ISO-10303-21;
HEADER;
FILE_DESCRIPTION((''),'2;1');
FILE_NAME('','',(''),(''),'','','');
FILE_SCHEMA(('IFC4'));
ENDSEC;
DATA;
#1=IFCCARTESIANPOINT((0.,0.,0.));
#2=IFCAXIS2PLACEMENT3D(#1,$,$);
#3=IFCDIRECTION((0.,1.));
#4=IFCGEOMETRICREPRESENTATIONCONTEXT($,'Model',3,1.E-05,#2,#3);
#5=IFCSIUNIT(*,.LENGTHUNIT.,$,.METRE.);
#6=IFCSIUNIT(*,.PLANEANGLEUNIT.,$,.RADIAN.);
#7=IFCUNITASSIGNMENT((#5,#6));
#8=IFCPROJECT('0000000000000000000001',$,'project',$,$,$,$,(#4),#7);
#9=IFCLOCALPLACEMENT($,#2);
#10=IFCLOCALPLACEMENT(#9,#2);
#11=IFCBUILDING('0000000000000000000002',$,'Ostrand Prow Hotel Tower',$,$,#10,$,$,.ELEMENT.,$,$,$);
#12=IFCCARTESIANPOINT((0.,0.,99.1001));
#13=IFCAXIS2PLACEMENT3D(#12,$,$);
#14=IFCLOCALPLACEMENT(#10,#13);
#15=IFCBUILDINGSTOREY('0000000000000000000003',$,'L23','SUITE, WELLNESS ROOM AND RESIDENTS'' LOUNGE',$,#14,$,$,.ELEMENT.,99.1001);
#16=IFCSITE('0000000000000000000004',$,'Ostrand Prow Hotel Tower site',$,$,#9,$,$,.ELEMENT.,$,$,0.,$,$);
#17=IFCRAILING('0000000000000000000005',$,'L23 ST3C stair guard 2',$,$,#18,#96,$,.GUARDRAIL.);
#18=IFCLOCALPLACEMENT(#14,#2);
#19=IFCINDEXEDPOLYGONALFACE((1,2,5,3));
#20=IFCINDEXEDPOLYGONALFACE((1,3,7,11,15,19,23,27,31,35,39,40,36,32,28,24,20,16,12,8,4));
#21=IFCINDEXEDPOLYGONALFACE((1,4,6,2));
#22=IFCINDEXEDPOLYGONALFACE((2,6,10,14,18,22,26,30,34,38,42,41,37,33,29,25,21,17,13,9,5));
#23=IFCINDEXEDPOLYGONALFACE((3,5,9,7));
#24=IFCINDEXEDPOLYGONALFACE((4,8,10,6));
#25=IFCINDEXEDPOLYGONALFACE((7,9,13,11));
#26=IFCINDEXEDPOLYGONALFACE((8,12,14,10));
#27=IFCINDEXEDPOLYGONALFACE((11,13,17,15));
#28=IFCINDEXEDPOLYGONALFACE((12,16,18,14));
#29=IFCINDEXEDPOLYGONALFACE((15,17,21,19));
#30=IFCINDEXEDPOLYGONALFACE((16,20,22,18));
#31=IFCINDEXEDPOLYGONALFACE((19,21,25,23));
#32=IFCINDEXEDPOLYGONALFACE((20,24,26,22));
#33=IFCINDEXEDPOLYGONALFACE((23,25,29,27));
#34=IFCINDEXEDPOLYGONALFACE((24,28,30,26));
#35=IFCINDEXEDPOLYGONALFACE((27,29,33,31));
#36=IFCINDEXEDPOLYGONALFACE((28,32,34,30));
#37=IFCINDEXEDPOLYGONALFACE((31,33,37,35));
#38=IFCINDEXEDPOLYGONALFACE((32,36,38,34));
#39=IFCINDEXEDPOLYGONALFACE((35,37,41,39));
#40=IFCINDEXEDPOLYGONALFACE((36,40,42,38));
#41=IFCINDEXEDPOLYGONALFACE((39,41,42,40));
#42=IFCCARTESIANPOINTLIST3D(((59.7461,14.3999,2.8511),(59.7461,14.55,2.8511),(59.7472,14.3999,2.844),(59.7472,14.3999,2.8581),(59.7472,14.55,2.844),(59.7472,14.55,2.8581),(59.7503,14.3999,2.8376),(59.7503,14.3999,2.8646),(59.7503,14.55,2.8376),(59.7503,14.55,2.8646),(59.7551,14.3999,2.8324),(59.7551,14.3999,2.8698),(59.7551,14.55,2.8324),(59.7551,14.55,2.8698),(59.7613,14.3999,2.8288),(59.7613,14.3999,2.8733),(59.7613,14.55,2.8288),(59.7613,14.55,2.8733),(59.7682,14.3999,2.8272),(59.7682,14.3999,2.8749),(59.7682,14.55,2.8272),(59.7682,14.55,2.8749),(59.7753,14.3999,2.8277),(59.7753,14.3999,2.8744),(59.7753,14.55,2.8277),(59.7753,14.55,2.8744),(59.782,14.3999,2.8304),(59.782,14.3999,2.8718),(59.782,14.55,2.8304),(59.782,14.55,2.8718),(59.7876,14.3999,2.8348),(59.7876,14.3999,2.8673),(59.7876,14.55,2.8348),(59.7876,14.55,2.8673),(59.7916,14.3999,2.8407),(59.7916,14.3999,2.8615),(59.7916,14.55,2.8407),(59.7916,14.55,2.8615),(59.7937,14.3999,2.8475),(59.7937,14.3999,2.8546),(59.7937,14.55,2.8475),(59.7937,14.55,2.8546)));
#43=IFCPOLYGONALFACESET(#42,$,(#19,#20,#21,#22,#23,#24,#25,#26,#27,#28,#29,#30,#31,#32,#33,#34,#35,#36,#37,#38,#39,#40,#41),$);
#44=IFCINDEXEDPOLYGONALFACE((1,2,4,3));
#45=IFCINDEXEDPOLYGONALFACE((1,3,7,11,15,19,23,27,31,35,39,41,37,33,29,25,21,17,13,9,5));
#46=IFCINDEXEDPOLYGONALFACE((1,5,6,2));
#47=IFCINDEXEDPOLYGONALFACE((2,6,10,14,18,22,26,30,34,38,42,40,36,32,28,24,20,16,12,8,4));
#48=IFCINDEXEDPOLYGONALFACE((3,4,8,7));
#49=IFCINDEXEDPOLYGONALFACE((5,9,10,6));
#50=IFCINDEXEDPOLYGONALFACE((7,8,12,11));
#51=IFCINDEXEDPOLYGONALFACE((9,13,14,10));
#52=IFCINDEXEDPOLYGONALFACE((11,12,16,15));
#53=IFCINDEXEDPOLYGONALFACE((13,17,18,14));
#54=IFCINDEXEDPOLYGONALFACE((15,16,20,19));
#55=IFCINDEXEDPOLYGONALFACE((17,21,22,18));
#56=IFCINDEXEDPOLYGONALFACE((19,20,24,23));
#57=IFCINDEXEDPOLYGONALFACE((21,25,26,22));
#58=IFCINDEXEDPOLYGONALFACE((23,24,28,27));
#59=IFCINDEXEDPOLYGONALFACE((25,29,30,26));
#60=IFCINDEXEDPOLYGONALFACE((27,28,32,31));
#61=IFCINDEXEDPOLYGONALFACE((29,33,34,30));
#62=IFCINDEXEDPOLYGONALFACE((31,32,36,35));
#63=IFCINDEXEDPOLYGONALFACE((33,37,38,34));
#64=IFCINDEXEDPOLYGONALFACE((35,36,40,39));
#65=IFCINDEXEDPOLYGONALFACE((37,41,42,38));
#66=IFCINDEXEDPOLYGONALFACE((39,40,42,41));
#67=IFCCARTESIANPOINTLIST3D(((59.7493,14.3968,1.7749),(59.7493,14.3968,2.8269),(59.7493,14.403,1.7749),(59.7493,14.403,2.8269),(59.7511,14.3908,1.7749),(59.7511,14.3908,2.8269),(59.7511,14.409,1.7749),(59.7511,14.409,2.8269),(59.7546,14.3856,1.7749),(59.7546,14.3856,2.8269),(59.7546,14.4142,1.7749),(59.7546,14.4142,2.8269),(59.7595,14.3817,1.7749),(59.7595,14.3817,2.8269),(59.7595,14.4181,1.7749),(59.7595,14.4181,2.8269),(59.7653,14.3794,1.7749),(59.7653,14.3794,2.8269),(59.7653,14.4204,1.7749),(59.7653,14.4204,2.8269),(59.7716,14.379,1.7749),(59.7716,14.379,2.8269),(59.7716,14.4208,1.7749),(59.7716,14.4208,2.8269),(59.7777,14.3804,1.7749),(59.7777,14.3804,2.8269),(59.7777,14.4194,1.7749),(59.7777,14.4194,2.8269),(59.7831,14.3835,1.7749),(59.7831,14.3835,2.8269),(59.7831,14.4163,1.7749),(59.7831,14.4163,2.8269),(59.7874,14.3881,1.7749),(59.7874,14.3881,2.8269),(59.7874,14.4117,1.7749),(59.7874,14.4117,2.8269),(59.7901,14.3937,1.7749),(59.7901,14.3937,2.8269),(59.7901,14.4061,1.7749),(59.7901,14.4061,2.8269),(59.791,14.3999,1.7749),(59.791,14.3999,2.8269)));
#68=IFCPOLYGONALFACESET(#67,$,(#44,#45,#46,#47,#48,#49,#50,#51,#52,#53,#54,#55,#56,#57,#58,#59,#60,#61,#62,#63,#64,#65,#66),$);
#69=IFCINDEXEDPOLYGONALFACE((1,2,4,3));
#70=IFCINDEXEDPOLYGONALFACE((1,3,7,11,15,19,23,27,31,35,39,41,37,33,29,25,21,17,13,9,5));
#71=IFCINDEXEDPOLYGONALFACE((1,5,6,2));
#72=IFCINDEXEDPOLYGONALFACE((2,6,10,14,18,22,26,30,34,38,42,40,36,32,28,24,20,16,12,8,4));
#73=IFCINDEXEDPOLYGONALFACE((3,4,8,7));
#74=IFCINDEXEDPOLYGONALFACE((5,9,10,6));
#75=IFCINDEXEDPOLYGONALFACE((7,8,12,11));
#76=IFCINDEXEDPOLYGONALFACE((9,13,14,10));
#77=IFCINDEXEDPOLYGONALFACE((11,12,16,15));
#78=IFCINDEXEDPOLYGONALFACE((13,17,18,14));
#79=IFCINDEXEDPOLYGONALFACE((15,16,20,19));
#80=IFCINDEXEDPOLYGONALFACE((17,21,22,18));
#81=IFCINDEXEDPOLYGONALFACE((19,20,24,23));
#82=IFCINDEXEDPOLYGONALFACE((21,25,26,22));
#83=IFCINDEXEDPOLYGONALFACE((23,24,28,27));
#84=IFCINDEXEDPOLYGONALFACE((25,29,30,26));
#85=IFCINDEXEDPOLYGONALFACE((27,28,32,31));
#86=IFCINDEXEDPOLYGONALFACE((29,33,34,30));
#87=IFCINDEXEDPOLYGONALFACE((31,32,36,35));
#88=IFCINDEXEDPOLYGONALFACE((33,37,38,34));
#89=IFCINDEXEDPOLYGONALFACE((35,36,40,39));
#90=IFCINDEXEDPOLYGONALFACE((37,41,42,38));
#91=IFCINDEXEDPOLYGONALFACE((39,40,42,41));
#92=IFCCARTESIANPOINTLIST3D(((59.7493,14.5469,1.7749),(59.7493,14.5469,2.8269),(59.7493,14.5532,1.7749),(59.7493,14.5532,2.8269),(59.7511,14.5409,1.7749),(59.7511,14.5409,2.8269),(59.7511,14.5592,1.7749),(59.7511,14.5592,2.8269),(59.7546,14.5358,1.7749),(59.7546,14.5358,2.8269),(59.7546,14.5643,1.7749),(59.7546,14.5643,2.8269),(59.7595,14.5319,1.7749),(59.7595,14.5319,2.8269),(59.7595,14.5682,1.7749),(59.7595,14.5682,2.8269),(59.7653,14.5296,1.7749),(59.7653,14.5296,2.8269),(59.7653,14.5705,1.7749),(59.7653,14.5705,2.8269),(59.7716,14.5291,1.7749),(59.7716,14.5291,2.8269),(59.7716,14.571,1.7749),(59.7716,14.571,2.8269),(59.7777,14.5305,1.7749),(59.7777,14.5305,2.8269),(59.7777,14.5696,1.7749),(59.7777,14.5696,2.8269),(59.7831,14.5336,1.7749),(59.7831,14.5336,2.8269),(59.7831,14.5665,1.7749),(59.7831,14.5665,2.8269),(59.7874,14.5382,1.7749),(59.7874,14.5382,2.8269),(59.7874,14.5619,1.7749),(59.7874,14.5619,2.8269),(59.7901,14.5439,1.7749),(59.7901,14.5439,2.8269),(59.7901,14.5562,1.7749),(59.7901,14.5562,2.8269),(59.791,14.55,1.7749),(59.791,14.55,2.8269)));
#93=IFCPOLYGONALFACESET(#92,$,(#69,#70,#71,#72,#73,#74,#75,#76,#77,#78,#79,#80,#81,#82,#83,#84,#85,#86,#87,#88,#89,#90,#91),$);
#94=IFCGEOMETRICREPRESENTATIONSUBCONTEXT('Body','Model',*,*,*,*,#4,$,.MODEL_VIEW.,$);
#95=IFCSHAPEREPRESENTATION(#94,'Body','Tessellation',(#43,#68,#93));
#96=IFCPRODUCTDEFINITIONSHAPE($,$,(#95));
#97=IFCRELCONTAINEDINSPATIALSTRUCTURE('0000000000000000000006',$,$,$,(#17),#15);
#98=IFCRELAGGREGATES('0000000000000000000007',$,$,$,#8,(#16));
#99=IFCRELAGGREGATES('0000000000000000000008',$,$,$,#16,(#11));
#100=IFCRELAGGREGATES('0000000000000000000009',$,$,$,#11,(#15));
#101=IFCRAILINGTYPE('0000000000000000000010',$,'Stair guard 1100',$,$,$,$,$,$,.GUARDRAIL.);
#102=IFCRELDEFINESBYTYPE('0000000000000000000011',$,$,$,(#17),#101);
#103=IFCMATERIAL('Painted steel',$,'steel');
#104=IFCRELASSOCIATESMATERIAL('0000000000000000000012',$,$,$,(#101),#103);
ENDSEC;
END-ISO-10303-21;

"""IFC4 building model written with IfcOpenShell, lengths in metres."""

from ifc_helpers import new_model, si_unit, direction, frame, origin, origin_2d, place, context, subcontext, project, spatial, circle, extrude, material, type_object, element, save


model = new_model("IFC4")

# Units and contexts
model_context = context("Model", 3, precision=1e-05, world=origin(), true_north=direction((0.0, 1.0)))
body_context = subcontext(model_context, "Body", "Model", "MODEL_VIEW")
ifc_project = project(units=[si_unit("LENGTHUNIT", "METRE"), si_unit("PLANEANGLEUNIT", "RADIAN")], contexts=[model_context])

# Site, building, storey
site_placement = place(None, origin())
site = spatial("IfcSite", under=ifc_project, at=site_placement, Name="Ostrand Prow Hotel Tower site", CompositionType="ELEMENT", RefElevation=0.0)
building_placement = place(site_placement, origin())
building = spatial("IfcBuilding", under=site, at=building_placement, Name="Ostrand Prow Hotel Tower", CompositionType="ELEMENT")
storey_placement = place(building_placement, frame((0.0, 0.0, 99.1001)))
storey = spatial("IfcBuildingStorey", under=building, at=storey_placement, Name="L23", Description="SUITE, WELLNESS ROOM AND RESIDENTS' LOUNGE", CompositionType="ELEMENT", Elevation=99.1001)

# Railing
ifc_material_1 = material(Name="Painted steel", Category="steel")
railing_type_1 = type_object("IfcRailingType", Name="Stair guard 1100", PredefinedType="GUARDRAIL", material=ifc_material_1)
railing_1_placement = place(storey_placement, frame((59.77, 14.3999, 1.7749)))
element("IfcRailing", 1, at=railing_1_placement, inside=storey, type_object=railing_type_1, Name="L23 ST3C stair guard 2", PredefinedType="GUARDRAIL", context=body_context, shape_type="SweptSolid", body=[
    extrude(circle(Radius=0.0239, at=origin_2d()), frame((0.0, 0.0, 1.0762), z_axis=(0.0, 1.0, 0.0), x_axis=(-1.0, 0.0, 0.0)), (0.0, 0.0, 1.0), 0.1501),
    extrude(circle(Radius=0.021, at=origin_2d()), origin(), (0.0, 0.0, 1.0), 1.052),
    extrude(circle(Radius=0.021, at=origin_2d()), frame((0.0, 0.1501, 0.0)), (0.0, 0.0, 1.0), 1.052),
])

save(model, "model.ifc")
